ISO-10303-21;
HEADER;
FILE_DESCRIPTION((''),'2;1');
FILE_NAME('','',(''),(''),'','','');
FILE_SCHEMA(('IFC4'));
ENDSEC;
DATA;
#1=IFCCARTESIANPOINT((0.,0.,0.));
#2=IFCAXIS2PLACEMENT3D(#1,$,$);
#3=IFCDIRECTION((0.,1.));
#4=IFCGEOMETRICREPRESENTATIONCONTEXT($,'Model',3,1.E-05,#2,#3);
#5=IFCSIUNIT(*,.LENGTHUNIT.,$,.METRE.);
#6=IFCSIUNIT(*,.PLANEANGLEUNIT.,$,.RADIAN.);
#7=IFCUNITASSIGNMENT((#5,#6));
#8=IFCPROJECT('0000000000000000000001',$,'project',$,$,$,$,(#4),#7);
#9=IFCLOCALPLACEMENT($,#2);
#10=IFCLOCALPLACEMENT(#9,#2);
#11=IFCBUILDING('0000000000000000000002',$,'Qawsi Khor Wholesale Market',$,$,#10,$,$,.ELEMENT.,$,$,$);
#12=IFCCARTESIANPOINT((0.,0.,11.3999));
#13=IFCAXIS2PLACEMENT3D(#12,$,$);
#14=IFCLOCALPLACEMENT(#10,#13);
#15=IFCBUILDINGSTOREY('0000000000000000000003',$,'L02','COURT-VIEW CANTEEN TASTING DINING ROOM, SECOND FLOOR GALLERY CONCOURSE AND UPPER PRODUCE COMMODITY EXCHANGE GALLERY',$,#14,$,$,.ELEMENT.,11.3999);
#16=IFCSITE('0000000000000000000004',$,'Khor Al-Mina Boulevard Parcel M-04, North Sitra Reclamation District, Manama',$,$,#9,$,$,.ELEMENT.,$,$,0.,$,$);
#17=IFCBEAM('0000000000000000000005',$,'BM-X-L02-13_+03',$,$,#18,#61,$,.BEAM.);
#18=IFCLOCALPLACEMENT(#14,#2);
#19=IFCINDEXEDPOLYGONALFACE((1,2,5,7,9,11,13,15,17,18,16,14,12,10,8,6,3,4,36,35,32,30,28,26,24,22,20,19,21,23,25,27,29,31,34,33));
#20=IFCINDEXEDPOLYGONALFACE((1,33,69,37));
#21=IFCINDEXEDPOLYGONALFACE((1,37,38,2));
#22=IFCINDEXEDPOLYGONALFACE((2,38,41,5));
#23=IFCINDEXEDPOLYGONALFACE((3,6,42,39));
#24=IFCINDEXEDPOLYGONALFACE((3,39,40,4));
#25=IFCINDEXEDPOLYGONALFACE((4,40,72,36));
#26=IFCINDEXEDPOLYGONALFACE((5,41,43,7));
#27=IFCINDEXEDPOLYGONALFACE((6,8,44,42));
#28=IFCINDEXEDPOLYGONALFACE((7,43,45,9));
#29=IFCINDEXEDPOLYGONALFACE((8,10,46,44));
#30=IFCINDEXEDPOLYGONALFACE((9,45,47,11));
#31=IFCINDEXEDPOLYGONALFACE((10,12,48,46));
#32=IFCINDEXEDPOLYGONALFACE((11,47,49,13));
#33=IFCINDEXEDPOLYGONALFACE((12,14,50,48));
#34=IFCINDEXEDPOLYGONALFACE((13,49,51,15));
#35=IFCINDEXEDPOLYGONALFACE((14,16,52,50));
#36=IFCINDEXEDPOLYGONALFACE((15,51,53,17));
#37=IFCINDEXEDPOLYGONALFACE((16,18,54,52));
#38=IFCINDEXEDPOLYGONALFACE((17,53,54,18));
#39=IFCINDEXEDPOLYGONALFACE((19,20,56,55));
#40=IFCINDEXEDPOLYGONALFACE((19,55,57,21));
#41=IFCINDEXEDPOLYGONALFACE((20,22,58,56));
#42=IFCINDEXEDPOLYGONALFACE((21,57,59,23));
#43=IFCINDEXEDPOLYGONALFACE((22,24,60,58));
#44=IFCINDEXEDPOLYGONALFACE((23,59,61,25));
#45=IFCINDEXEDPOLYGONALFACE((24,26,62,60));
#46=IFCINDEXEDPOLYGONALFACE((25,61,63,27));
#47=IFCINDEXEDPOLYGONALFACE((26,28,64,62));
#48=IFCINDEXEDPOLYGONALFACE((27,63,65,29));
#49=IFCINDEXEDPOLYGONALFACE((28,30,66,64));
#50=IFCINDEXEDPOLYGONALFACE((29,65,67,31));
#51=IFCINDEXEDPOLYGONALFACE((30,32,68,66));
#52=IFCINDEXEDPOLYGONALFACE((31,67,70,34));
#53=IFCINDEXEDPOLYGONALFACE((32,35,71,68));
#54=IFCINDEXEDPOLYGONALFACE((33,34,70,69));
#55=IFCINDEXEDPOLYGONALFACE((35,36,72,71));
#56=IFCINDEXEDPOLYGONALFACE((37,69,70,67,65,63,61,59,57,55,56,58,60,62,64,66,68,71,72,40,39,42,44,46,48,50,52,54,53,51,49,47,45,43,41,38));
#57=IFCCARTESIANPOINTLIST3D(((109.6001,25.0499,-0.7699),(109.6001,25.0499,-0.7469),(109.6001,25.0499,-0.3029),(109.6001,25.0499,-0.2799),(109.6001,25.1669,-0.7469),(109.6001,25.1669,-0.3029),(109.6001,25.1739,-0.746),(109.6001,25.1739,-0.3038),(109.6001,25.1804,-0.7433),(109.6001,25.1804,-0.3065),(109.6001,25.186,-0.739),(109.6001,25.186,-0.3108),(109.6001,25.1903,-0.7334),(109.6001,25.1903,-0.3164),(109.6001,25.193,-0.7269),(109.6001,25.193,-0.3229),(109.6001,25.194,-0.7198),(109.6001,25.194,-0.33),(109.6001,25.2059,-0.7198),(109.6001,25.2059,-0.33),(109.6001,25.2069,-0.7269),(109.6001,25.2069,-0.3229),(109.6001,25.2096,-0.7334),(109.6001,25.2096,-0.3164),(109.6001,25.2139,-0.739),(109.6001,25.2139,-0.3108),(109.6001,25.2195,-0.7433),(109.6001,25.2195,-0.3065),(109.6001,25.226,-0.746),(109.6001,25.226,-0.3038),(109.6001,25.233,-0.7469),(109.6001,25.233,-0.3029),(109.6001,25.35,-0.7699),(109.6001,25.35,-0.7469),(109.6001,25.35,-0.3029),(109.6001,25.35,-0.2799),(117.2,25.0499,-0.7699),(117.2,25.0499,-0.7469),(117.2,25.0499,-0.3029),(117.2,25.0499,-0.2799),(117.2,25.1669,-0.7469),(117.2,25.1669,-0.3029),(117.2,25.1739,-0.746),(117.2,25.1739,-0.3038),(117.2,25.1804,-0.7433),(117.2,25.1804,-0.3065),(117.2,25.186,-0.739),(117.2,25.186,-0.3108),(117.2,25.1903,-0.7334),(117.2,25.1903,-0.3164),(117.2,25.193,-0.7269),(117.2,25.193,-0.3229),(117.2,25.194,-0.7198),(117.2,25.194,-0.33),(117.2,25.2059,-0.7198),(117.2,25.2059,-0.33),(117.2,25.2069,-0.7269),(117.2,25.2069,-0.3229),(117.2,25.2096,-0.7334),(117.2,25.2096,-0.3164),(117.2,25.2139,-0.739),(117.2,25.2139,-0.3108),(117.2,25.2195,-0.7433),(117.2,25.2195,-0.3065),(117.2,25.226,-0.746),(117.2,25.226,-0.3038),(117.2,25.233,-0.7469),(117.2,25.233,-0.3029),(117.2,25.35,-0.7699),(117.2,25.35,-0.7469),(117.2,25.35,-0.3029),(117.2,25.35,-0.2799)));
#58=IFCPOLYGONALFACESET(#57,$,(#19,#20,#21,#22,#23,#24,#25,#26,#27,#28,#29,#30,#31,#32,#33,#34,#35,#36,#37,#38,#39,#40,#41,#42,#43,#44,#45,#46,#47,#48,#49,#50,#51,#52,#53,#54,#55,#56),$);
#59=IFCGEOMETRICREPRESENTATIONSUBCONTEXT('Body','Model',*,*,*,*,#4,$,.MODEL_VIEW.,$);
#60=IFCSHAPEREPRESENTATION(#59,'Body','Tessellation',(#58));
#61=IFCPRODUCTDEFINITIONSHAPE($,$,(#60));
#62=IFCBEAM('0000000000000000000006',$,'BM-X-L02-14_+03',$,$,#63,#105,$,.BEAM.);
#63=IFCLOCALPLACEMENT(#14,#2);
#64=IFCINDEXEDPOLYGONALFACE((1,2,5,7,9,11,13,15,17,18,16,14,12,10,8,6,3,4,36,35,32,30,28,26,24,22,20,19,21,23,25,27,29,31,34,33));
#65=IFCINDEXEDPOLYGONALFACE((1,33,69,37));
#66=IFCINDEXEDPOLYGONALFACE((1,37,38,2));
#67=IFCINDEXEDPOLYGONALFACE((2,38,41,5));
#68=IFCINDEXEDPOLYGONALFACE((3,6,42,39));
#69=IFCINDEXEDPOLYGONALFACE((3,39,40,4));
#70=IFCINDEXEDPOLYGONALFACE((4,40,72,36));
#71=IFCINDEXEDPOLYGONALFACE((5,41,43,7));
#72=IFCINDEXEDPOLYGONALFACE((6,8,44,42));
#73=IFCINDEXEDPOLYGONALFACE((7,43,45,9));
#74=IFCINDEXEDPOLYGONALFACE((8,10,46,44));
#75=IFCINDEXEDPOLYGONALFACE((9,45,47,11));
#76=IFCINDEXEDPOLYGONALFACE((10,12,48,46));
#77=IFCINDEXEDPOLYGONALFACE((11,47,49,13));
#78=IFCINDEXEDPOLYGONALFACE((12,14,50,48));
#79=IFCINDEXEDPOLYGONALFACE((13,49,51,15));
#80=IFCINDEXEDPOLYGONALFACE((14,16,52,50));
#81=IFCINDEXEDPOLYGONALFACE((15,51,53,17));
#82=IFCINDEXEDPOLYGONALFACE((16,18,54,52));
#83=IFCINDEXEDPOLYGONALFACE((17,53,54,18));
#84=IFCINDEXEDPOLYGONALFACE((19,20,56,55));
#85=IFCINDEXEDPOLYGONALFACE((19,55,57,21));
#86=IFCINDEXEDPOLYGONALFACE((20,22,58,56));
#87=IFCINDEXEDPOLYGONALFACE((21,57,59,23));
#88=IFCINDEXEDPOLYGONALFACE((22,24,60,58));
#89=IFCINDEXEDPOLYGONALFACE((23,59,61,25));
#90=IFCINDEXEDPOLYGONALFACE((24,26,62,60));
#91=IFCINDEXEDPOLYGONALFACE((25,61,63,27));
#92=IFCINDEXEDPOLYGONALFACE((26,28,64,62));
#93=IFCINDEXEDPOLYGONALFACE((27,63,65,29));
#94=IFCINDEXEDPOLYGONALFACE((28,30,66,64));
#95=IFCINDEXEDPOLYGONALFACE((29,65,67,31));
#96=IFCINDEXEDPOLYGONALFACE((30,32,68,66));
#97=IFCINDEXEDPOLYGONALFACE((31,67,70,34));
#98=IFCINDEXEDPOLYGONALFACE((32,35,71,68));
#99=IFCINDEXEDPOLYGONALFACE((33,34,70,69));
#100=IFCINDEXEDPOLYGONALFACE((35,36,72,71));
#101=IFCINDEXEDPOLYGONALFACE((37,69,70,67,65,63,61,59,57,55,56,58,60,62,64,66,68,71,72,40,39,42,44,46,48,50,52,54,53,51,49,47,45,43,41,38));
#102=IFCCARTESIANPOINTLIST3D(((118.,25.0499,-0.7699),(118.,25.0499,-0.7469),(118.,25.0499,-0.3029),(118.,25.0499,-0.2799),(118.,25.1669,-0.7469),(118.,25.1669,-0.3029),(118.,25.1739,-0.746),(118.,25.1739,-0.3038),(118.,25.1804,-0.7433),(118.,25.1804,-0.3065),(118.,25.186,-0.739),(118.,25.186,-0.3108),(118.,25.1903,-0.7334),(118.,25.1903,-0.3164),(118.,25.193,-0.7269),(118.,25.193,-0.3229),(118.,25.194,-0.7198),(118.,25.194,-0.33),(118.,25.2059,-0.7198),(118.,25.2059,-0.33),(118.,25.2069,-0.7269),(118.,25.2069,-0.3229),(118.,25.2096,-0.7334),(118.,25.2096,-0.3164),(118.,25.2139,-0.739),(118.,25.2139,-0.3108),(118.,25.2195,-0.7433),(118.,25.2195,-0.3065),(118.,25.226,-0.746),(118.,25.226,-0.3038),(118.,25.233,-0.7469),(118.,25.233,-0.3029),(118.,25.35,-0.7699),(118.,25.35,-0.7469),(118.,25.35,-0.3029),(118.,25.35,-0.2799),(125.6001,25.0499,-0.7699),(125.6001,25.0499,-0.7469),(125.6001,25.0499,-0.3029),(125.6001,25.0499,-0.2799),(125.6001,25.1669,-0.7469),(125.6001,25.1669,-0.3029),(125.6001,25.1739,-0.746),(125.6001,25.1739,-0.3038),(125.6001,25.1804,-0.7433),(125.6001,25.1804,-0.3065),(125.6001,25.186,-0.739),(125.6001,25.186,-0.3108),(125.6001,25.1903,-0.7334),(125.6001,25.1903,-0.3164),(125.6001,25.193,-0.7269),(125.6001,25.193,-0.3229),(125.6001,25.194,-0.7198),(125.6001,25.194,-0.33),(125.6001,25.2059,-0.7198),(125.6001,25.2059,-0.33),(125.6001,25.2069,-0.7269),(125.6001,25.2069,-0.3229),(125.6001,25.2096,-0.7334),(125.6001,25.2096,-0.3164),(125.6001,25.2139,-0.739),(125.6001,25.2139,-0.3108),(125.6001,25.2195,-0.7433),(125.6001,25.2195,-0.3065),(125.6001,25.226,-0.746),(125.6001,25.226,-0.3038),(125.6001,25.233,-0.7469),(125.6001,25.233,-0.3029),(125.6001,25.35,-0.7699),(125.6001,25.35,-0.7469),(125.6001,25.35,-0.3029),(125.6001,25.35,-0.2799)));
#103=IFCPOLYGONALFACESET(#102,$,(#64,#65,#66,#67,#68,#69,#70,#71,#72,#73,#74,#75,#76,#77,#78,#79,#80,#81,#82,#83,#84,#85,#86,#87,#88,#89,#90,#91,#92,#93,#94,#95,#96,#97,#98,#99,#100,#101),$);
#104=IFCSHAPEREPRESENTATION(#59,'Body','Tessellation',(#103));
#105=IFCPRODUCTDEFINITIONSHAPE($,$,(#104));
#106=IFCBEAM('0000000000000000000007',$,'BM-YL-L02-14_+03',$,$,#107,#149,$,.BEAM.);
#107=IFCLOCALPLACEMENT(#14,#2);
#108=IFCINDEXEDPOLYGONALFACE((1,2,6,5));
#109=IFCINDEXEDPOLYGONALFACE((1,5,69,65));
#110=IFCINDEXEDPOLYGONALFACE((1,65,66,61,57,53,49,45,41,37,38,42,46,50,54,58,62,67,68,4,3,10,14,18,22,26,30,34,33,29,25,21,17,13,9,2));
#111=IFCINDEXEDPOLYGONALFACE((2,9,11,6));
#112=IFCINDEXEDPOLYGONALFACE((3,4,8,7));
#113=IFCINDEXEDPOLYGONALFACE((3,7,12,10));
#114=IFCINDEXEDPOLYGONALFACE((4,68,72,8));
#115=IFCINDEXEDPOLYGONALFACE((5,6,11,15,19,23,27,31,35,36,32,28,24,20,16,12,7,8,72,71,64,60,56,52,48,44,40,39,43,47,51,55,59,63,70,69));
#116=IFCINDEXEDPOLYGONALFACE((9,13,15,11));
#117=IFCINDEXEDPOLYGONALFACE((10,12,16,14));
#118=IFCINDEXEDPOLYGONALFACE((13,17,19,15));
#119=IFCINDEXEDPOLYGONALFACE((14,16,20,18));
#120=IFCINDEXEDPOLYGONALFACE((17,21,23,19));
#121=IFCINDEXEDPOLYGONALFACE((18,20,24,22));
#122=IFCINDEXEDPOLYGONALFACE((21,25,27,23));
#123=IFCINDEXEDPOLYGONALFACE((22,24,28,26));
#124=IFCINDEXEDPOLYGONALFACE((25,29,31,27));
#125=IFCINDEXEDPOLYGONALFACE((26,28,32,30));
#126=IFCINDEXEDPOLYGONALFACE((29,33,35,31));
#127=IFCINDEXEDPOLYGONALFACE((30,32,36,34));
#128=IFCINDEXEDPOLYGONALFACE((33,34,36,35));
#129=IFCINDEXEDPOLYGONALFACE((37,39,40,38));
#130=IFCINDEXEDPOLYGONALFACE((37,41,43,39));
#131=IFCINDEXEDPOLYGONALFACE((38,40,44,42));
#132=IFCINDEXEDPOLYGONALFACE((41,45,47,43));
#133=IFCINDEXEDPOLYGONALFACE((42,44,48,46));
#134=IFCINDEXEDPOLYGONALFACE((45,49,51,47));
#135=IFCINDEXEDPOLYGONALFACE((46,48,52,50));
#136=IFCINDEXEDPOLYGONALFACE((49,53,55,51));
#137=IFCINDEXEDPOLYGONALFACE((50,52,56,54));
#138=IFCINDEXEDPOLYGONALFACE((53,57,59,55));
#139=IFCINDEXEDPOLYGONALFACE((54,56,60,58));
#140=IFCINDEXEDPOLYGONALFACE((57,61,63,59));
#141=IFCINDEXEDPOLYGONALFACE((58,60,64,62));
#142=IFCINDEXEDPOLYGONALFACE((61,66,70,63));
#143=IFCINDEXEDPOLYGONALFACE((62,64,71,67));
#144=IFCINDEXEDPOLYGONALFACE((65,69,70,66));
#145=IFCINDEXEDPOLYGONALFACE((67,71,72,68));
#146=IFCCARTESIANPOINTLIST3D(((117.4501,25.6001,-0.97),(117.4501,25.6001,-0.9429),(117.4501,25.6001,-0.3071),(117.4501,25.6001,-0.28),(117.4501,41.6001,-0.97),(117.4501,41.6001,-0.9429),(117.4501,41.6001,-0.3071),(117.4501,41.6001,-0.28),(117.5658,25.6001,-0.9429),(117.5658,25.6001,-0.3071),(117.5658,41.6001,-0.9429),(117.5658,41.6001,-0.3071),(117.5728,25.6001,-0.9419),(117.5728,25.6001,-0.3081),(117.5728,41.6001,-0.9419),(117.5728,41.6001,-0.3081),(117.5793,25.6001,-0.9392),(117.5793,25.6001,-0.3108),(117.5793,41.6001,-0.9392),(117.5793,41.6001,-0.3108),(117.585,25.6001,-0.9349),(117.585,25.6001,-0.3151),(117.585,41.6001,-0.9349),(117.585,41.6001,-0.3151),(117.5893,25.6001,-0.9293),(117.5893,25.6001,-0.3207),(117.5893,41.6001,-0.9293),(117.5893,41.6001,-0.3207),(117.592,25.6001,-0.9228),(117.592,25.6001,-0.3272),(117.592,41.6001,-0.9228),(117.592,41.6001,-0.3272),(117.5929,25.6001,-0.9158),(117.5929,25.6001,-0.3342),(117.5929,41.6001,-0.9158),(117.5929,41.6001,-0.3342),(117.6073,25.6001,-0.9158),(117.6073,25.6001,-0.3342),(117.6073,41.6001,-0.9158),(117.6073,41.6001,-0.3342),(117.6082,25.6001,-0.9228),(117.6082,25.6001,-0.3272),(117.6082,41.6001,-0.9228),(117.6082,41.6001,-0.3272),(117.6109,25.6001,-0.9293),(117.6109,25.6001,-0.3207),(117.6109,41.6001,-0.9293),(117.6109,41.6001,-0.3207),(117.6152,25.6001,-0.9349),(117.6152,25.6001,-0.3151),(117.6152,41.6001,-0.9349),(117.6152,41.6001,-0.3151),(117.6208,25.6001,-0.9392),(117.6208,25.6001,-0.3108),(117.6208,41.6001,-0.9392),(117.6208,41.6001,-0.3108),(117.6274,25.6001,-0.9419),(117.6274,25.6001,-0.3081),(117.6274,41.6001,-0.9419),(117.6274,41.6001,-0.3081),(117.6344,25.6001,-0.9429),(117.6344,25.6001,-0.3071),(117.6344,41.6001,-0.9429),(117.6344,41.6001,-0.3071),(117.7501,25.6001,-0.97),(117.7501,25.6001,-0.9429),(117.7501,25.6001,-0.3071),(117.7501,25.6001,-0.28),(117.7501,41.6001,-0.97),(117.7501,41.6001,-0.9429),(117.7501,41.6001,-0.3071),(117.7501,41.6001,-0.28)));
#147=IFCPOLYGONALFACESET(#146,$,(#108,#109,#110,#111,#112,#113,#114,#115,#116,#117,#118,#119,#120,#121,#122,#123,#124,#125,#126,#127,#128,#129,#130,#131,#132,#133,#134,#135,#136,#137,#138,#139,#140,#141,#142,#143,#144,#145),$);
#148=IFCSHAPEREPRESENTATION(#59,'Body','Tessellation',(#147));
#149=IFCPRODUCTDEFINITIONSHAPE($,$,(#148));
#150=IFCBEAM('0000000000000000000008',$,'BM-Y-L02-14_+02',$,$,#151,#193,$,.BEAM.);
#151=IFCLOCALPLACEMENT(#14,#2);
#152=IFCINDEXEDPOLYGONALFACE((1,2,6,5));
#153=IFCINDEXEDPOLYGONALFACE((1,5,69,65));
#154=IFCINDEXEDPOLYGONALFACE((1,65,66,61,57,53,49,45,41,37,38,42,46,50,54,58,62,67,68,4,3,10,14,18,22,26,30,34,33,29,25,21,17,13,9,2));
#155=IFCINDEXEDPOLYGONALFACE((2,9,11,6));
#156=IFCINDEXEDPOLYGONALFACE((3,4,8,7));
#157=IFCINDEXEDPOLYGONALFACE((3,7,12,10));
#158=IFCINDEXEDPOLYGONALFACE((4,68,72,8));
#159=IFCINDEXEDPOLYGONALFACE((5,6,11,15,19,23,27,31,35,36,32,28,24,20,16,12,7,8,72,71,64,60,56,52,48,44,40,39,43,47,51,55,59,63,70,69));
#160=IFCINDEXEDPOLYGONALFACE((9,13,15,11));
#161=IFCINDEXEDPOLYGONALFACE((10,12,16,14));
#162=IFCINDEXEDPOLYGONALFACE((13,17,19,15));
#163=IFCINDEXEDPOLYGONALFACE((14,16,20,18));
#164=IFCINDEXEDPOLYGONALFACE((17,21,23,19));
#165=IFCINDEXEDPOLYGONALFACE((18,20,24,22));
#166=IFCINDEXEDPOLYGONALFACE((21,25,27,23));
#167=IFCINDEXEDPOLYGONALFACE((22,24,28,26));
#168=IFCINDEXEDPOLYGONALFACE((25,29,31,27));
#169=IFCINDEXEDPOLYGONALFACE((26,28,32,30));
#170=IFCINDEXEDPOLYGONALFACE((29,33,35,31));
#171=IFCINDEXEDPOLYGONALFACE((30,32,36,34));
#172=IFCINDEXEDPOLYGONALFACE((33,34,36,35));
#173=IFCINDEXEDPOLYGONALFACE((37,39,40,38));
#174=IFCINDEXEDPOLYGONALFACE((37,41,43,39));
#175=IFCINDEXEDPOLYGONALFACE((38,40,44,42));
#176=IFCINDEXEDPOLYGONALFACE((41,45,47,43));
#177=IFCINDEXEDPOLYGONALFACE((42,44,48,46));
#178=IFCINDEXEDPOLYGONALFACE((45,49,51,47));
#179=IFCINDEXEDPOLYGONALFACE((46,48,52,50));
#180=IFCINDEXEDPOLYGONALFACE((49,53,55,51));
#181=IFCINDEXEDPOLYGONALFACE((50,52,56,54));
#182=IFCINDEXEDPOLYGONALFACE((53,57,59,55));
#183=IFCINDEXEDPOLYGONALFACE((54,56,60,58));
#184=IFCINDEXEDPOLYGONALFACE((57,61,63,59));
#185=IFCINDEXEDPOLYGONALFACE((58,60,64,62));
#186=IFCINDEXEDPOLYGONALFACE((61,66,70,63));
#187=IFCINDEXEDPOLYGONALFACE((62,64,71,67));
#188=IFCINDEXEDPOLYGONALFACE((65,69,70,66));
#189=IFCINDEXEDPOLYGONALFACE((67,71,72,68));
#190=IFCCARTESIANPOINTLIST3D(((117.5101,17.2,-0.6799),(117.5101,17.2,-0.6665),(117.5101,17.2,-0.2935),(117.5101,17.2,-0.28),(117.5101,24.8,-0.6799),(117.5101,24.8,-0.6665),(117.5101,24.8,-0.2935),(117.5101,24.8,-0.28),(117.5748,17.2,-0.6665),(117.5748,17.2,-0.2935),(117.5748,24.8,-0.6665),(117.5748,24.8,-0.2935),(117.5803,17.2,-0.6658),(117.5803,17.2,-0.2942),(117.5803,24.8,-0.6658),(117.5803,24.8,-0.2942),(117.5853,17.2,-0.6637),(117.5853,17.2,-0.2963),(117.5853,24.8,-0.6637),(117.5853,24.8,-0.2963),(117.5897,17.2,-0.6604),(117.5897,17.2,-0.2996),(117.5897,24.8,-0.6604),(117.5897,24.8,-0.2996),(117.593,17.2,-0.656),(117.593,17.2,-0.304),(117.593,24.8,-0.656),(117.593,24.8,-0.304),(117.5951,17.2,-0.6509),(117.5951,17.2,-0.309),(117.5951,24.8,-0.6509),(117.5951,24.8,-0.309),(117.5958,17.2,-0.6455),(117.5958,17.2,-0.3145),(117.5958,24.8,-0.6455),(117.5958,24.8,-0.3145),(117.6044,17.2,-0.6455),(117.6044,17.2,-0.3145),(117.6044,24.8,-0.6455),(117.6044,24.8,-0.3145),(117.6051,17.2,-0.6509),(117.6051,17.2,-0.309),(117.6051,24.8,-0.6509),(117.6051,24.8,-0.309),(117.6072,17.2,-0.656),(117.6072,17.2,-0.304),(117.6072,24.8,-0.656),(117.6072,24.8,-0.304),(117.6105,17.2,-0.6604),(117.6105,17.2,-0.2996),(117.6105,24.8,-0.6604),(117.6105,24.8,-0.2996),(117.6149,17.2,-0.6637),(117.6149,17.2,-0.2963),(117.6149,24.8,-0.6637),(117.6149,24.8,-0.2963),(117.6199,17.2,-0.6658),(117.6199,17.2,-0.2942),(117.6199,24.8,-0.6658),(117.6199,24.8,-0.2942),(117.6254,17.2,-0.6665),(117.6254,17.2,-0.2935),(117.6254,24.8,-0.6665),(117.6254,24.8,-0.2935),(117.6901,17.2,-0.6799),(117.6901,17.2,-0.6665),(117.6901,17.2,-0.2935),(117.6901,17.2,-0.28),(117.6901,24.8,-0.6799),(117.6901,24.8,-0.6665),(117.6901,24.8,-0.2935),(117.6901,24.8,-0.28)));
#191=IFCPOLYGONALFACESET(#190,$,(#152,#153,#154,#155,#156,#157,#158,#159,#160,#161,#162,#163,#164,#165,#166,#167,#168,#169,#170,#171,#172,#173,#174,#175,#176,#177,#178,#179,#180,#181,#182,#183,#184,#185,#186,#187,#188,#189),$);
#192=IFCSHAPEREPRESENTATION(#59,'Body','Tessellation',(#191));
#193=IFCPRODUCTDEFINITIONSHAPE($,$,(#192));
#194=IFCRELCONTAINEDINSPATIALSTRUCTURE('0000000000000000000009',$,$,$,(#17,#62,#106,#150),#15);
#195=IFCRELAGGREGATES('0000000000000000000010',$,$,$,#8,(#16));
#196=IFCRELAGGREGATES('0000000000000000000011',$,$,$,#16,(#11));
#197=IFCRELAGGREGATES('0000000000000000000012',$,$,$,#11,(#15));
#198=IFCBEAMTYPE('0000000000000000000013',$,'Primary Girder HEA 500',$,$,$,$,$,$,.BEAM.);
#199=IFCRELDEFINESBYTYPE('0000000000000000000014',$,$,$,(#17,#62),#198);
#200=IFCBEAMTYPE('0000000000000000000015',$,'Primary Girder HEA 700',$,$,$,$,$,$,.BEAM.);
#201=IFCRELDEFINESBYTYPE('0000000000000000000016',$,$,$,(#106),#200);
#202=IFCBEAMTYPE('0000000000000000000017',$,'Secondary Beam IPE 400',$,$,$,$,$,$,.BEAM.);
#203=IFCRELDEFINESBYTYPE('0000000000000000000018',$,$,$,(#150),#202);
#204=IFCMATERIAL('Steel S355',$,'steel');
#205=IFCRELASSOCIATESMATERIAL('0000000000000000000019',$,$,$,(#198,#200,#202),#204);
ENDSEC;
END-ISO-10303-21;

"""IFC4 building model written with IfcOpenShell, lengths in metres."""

from ifc_helpers import new_model, si_unit, direction, frame, origin, origin_2d, place, context, subcontext, project, spatial, i_section, extrude, material, material_profile, profile_set, type_object, element, save


model = new_model("IFC4")

# Units and contexts
model_context = context("Model", 3, precision=1e-05, world=origin(), true_north=direction((0.0, 1.0)))
body_context = subcontext(model_context, "Body", "Model", "MODEL_VIEW")
ifc_project = project(units=[si_unit("LENGTHUNIT", "METRE"), si_unit("PLANEANGLEUNIT", "RADIAN")], contexts=[model_context])

# Site, building, storey
site_placement = place(None, origin())
site = spatial("IfcSite", under=ifc_project, at=site_placement, Name="Khor Al-Mina Boulevard Parcel M-04, North Sitra Reclamation District, Manama", CompositionType="ELEMENT", RefElevation=0.0)
building_placement = place(site_placement, origin())
building = spatial("IfcBuilding", under=site, at=building_placement, Name="Qawsi Khor Wholesale Market", CompositionType="ELEMENT")
storey_placement = place(building_placement, frame((0.0, 0.0, 11.3999)))
storey = spatial("IfcBuildingStorey", under=building, at=storey_placement, Name="L02", Description="COURT-VIEW CANTEEN TASTING DINING ROOM, SECOND FLOOR GALLERY CONCOURSE AND UPPER PRODUCE COMMODITY EXCHANGE GALLERY", CompositionType="ELEMENT", Elevation=11.3999)

# Beams
ifc_material_1 = material(Name="Steel S355", Category="steel")
ifc_material_profile_1 = material_profile(ifc_material_1, i_section(OverallWidth=0.3, OverallDepth=0.49, WebThickness=0.012, FlangeThickness=0.0229, FilletRadius=0.0271, at=origin_2d()), Name="HEA 500")
ifc_profile_set_1 = profile_set([ifc_material_profile_1], Name="Steel S355")
beam_type_1 = type_object("IfcBeamType", Name="Primary Girder HEA 500", PredefinedType="BEAM", material=ifc_profile_set_1)
beam_1_placement = place(storey_placement, frame((109.6001, 25.2, -0.5249), z_axis=(1.0, 0.0, 0.0), x_axis=(0.0, 1.0, 0.0)))
element("IfcBeam", 1, at=beam_1_placement, inside=storey, type_object=beam_type_1, Name="BM-X-L02-13_+03", PredefinedType="BEAM", context=body_context, shape_type="SweptSolid", body=[
    extrude(i_section(OverallWidth=0.3, OverallDepth=0.49, WebThickness=0.012, FlangeThickness=0.0229, FilletRadius=0.0271, at=origin_2d()), origin(), (0.0, 0.0, 1.0), 7.5999),
])
beam_2_placement = place(storey_placement, frame((118.0, 25.2, -0.5249), z_axis=(1.0, 0.0, 0.0), x_axis=(0.0, 1.0, 0.0)))
element("IfcBeam", 2, at=beam_2_placement, inside=storey, type_object=beam_type_1, Name="BM-X-L02-14_+03", PredefinedType="BEAM", context=body_context, shape_type="SweptSolid", body=[
    extrude(i_section(OverallWidth=0.3, OverallDepth=0.49, WebThickness=0.012, FlangeThickness=0.0229, FilletRadius=0.0271, at=origin_2d()), origin(), (0.0, 0.0, 1.0), 7.6001),
])
ifc_material_profile_2 = material_profile(ifc_material_1, i_section(OverallWidth=0.3, OverallDepth=0.6899, WebThickness=0.0144, FlangeThickness=0.0271, FilletRadius=0.0271, at=origin_2d()), Name="HEA 700")
ifc_profile_set_2 = profile_set([ifc_material_profile_2], Name="Steel S355")
beam_type_2 = type_object("IfcBeamType", Name="Primary Girder HEA 700", PredefinedType="BEAM", material=ifc_profile_set_2)
beam_3_placement = place(storey_placement, frame((117.6001, 25.6001, -0.625), z_axis=(0.0, 1.0, 0.0), x_axis=(-1.0, 0.0, 0.0)))
element("IfcBeam", 3, at=beam_3_placement, inside=storey, type_object=beam_type_2, Name="BM-YL-L02-14_+03", PredefinedType="BEAM", context=body_context, shape_type="SweptSolid", body=[
    extrude(i_section(OverallWidth=0.3, OverallDepth=0.6899, WebThickness=0.0144, FlangeThickness=0.0271, FilletRadius=0.0271, at=origin_2d()), origin(), (0.0, 0.0, 1.0), 16.0),
])
ifc_material_profile_3 = material_profile(ifc_material_1, i_section(OverallWidth=0.1799, OverallDepth=0.3999, WebThickness=0.0085, FlangeThickness=0.0134, FilletRadius=0.021, at=origin_2d()), Name="IPE 400")
ifc_profile_set_3 = profile_set([ifc_material_profile_3], Name="Steel S355")
beam_type_3 = type_object("IfcBeamType", Name="Secondary Beam IPE 400", PredefinedType="BEAM", material=ifc_profile_set_3)
for number, where, z_axis, x_axis, name in (
    (4, (117.6001, 17.2, -0.48), (0.0, 1.0, 0.0), (-1.0, 0.0, 0.0), "BM-Y-L02-14_+02"),
):
    element("IfcBeam", number, at=place(storey_placement, frame(where, z_axis=z_axis, x_axis=x_axis)), inside=storey, type_object=beam_type_3, Name=name, PredefinedType="BEAM", context=body_context, shape_type="SweptSolid", body=[
        extrude(i_section(OverallWidth=0.1799, OverallDepth=0.3999, WebThickness=0.0085, FlangeThickness=0.0134, FilletRadius=0.021, at=origin_2d()), origin(), (0.0, 0.0, 1.0), 7.6001),
    ])

save(model, "model.ifc")
